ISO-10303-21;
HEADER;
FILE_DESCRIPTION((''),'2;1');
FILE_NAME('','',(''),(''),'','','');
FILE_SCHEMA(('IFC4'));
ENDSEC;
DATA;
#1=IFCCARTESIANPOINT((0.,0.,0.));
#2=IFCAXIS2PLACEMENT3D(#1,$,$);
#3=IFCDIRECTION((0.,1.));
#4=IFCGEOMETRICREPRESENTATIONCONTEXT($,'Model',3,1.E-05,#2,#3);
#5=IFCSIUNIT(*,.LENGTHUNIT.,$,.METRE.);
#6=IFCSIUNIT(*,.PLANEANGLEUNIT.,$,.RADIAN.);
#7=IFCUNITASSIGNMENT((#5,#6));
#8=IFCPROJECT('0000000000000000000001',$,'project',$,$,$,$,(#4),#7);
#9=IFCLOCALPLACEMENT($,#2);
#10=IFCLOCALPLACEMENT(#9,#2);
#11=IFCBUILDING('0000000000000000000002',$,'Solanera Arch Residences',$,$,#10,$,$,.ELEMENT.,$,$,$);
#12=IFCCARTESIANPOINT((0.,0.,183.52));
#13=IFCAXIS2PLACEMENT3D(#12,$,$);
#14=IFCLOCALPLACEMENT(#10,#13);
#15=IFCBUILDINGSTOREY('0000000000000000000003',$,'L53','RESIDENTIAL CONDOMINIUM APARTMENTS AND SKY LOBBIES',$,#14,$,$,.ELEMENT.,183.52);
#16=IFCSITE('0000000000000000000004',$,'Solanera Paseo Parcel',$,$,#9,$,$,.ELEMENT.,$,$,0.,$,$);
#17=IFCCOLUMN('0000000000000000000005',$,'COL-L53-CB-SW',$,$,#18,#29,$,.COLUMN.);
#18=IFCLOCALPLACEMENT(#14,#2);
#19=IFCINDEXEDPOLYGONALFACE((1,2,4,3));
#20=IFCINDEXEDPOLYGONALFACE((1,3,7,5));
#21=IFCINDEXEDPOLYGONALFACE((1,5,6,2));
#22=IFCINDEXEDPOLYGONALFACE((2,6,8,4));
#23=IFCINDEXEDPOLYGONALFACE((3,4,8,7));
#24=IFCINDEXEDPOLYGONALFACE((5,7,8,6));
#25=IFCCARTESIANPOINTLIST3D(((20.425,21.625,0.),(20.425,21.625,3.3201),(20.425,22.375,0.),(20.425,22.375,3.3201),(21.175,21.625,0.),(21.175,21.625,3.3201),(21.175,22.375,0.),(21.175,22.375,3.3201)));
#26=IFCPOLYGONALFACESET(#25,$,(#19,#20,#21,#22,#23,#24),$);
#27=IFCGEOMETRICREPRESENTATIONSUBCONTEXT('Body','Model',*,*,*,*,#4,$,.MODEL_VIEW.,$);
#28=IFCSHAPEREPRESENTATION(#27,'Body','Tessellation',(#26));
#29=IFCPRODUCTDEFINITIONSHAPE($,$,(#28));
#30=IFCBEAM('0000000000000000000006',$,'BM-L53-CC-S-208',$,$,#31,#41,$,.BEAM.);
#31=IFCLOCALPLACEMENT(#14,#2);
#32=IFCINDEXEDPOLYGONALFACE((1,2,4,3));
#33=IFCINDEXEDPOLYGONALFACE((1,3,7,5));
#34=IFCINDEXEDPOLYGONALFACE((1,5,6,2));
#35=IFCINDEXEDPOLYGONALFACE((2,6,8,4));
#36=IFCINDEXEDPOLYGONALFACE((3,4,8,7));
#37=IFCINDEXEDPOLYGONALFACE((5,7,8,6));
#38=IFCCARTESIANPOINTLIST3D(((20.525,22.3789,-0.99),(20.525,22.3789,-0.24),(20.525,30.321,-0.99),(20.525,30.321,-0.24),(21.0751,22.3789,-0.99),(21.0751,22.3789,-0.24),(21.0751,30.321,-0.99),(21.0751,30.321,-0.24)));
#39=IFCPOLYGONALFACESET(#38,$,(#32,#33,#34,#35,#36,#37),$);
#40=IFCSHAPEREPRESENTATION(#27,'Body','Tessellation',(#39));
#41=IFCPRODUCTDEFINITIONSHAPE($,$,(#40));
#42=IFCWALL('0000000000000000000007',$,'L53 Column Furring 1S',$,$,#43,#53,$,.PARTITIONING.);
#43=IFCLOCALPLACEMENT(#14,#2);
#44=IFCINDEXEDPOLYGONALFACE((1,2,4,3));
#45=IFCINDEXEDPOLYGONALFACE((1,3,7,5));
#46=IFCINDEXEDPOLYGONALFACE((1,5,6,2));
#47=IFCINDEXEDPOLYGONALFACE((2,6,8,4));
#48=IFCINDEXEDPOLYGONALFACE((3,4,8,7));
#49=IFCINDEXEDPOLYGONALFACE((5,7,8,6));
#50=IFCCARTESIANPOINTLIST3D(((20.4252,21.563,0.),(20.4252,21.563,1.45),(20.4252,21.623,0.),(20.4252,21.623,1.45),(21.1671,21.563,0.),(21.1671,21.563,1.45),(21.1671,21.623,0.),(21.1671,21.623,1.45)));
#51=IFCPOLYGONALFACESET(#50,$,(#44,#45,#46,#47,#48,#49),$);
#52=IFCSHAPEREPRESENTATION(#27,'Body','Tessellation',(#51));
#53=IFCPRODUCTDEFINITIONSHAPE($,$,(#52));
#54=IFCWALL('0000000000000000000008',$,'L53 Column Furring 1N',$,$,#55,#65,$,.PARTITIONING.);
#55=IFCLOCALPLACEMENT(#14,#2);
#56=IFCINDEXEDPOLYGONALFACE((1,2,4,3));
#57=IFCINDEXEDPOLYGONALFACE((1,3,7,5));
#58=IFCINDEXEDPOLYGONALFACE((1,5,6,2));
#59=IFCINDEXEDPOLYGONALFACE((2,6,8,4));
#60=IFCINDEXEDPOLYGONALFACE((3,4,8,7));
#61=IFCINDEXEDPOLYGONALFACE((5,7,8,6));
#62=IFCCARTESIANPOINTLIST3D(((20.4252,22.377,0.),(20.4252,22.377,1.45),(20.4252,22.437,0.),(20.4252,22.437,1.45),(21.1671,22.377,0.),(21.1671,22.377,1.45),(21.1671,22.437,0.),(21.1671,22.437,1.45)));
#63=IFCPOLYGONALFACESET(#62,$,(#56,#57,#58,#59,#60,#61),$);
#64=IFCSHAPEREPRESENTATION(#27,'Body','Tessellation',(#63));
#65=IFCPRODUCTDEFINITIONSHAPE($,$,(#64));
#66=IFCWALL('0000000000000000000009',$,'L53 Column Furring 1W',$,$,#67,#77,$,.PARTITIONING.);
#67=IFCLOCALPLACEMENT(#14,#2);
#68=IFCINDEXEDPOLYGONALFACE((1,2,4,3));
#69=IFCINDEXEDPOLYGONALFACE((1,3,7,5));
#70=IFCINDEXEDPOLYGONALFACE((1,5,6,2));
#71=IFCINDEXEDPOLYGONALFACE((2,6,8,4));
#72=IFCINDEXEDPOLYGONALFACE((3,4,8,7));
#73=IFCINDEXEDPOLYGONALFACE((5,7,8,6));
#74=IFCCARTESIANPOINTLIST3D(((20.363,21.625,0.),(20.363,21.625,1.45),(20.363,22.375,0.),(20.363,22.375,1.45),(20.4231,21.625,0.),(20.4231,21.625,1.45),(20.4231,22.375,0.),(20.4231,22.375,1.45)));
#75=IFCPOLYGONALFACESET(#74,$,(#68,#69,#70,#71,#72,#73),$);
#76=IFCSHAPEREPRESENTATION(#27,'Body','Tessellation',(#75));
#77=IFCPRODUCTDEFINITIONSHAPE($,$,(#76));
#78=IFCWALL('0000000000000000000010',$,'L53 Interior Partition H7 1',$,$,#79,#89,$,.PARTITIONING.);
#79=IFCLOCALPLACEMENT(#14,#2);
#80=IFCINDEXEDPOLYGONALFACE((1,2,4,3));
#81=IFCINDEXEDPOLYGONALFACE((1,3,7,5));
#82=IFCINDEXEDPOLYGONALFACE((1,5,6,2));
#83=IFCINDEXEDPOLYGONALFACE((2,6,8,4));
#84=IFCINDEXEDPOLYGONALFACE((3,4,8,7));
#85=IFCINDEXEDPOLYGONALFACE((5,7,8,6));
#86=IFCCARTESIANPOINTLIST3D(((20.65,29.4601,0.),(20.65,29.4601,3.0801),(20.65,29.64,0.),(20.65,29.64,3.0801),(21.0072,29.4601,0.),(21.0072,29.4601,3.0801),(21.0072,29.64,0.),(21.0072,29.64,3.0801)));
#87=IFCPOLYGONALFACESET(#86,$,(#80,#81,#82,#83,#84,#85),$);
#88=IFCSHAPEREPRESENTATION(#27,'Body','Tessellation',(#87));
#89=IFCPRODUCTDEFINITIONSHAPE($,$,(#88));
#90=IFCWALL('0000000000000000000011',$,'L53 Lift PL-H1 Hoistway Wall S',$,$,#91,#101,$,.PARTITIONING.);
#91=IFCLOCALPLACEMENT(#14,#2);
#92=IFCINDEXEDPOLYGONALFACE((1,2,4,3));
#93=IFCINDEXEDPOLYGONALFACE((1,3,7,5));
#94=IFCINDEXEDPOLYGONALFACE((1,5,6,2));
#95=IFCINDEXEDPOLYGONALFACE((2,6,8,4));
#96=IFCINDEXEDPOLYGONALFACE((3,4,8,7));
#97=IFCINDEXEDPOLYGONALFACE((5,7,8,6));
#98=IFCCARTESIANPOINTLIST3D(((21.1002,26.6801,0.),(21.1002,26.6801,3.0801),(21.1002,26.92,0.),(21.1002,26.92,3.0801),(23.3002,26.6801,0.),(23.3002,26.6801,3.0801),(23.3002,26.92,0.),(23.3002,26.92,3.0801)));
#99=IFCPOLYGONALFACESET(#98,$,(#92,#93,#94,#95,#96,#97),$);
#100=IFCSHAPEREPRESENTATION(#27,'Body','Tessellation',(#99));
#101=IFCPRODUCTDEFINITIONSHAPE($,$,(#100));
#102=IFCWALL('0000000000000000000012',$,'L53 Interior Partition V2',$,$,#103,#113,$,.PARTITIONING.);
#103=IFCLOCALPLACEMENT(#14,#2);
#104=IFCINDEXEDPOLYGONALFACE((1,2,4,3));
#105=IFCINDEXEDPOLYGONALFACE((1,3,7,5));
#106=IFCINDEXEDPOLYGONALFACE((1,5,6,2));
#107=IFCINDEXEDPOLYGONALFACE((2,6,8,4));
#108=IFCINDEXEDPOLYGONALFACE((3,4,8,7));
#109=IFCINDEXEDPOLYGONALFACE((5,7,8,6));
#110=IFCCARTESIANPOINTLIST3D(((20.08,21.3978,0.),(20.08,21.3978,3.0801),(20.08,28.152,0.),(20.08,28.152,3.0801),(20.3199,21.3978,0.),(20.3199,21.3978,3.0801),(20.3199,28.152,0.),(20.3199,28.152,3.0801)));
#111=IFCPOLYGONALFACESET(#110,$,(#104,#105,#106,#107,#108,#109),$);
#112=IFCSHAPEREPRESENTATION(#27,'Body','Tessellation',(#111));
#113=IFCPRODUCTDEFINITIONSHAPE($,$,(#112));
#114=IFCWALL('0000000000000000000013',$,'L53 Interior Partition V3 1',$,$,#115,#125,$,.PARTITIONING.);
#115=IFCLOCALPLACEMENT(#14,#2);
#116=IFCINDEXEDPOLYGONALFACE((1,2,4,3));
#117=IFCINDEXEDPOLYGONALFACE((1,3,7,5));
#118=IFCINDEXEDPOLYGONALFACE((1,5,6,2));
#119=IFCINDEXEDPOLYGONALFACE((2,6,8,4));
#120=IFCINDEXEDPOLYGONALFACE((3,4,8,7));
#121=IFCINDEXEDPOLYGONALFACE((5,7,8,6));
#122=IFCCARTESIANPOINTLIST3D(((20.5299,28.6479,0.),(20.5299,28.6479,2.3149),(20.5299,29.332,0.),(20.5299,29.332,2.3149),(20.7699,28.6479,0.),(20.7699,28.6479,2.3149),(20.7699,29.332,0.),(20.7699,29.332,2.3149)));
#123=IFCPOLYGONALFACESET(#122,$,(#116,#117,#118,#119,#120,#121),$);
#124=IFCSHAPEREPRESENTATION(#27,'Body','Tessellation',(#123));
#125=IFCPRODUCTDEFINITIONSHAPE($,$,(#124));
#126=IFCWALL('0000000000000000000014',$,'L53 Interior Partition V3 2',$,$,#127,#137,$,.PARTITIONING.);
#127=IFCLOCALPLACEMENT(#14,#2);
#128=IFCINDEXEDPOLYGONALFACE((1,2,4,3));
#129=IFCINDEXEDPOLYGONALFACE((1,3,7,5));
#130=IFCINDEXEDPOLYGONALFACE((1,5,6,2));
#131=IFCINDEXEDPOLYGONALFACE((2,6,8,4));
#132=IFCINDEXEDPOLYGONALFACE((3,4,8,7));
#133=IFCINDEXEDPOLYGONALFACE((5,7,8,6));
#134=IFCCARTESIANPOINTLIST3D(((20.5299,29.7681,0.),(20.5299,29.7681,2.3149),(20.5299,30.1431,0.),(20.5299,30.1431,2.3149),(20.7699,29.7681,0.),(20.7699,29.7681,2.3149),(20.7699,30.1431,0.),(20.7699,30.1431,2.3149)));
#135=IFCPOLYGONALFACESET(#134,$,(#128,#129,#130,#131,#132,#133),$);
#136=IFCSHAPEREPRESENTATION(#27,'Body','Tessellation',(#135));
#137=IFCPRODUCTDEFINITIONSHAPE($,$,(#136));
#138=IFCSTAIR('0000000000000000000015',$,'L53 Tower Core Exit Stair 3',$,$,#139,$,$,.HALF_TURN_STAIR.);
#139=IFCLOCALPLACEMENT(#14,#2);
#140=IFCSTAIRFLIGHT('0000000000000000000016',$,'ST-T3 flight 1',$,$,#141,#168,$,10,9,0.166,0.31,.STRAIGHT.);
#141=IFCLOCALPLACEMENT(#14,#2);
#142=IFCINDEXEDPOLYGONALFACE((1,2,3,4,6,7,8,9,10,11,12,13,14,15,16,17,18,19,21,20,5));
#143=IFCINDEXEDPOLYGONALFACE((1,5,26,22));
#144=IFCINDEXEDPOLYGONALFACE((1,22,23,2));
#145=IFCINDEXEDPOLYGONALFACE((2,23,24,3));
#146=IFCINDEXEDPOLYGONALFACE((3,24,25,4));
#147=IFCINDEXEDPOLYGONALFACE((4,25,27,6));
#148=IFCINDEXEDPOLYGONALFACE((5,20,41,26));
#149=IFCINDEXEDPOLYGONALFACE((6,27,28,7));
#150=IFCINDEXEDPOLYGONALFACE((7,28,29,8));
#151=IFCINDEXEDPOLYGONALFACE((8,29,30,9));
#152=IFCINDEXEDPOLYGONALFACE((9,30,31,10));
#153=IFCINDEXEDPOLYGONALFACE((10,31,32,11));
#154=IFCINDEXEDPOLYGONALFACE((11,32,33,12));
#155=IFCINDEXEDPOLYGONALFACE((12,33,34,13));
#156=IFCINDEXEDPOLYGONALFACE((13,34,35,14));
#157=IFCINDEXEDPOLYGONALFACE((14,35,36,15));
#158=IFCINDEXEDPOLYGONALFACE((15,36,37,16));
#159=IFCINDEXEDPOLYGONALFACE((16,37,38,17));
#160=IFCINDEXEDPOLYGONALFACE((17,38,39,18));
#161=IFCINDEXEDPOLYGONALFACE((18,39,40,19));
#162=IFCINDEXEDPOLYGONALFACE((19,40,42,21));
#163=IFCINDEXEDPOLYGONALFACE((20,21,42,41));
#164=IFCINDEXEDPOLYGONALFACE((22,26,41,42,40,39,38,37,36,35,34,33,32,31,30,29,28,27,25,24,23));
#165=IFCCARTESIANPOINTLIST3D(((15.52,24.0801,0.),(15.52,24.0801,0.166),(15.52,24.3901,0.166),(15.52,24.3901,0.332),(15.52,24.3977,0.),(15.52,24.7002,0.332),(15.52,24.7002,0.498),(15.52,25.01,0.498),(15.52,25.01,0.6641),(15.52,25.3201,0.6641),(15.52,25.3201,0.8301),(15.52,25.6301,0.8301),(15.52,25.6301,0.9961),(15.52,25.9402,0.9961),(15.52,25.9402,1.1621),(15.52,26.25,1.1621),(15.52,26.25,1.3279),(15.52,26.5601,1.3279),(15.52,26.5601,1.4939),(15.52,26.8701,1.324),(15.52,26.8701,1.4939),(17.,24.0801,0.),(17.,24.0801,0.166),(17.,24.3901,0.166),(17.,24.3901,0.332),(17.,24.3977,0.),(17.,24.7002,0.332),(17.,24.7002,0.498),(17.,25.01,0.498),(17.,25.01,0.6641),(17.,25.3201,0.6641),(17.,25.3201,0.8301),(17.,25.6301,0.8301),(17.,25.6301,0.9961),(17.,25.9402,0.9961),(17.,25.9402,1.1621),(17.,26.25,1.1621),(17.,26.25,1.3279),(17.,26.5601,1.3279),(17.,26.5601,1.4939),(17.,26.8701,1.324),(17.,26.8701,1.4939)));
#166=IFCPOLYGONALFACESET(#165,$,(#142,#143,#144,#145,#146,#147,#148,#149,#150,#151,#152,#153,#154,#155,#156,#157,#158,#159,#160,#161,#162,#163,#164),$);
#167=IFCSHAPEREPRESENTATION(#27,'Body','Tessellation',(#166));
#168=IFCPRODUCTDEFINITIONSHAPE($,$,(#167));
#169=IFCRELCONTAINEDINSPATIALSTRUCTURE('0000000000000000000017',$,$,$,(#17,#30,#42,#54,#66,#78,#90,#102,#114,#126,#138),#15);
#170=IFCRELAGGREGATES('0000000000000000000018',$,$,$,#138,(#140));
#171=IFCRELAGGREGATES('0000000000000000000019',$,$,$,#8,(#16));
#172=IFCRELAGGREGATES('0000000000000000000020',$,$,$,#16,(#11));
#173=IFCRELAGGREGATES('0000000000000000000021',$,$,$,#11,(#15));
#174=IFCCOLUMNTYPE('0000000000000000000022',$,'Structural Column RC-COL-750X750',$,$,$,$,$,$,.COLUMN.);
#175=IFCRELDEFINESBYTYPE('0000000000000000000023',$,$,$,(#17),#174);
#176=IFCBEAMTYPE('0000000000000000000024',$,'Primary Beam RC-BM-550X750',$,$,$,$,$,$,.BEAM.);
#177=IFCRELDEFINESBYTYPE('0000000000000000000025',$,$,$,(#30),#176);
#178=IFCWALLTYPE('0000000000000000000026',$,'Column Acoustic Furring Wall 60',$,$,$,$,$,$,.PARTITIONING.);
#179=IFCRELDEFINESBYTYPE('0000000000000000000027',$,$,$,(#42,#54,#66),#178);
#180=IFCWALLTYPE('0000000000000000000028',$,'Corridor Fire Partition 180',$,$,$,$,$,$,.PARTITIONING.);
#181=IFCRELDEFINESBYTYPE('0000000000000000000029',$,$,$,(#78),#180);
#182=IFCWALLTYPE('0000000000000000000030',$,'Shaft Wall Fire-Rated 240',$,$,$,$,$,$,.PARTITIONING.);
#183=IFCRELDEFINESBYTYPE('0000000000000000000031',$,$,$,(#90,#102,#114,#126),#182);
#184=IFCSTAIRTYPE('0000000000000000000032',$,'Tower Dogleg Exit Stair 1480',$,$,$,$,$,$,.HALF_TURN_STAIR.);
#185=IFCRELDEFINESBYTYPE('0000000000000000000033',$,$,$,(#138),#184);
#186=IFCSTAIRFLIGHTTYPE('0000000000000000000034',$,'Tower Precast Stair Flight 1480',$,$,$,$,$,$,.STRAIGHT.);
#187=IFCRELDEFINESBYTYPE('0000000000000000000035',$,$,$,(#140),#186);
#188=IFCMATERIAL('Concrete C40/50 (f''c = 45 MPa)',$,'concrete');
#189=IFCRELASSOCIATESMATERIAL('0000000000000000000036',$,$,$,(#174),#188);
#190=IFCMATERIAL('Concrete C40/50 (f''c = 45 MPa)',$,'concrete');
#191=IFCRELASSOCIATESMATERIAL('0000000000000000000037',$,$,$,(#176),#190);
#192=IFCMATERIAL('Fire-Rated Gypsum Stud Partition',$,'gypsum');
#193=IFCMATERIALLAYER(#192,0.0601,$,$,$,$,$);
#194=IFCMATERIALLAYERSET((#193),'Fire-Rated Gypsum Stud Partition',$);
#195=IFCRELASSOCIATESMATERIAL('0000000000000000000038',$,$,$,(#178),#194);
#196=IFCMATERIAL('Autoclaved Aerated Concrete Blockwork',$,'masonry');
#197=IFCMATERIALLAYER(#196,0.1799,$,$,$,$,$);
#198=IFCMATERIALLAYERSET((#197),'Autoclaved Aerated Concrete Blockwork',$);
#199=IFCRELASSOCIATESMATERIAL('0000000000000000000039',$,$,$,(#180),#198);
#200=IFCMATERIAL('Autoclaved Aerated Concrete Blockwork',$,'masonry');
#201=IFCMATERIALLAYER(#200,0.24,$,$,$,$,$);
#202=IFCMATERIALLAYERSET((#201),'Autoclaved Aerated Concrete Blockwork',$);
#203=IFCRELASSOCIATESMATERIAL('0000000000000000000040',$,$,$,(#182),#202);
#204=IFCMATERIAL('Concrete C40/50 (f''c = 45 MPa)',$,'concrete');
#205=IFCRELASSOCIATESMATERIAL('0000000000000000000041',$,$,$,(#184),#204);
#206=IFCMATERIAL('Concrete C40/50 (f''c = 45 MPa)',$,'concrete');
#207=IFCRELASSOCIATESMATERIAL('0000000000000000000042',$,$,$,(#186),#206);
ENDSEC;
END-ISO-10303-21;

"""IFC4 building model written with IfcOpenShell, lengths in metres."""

from ifc_helpers import new_model, si_unit, direction, frame, frame_2d, origin, origin_2d, place, context, subcontext, project, spatial, polyline, rectangle, outline, extrude, material, layer, layer_set, material_profile, profile_set, type_object, element, aggregate, save


model = new_model("IFC4")

# Units and contexts
model_context = context("Model", 3, precision=1e-05, world=origin(), true_north=direction((0.0, 1.0)))
body_context = subcontext(model_context, "Body", "Model", "MODEL_VIEW")
ifc_project = project(units=[si_unit("LENGTHUNIT", "METRE"), si_unit("PLANEANGLEUNIT", "RADIAN")], contexts=[model_context])

# Site, building, storey
site_placement = place(None, origin())
site = spatial("IfcSite", under=ifc_project, at=site_placement, Name="Solanera Paseo Parcel", CompositionType="ELEMENT", RefElevation=0.0)
building_placement = place(site_placement, origin())
building = spatial("IfcBuilding", under=site, at=building_placement, Name="Solanera Arch Residences", CompositionType="ELEMENT")
storey_placement = place(building_placement, frame((0.0, 0.0, 183.52)))
storey = spatial("IfcBuildingStorey", under=building, at=storey_placement, Name="L53", Description="RESIDENTIAL CONDOMINIUM APARTMENTS AND SKY LOBBIES", CompositionType="ELEMENT", Elevation=183.52)

# Column
ifc_material_1 = material(Name="Concrete C40/50 (f'c = 45 MPa)", Category="concrete")
ifc_material_profile_1 = material_profile(ifc_material_1, rectangle(XDim=0.75, YDim=0.75, at=origin_2d()))
ifc_profile_set_1 = profile_set([ifc_material_profile_1], Name="Concrete C40/50 (f'c = 45 MPa)")
column_type = type_object("IfcColumnType", Name="Structural Column RC-COL-750X750", PredefinedType="COLUMN", material=ifc_profile_set_1)
column_placement = place(storey_placement, frame((20.8, 22.0, 0.0), z_axis=(0.0, 0.0, 1.0), x_axis=(1.0, 0.0, 0.0)))
element("IfcColumn", 1, at=column_placement, inside=storey, type_object=column_type, Name="COL-L53-CB-SW", PredefinedType="COLUMN", context=body_context, shape_type="SweptSolid", body=[
    extrude(rectangle(XDim=0.75, YDim=0.75, at=origin_2d()), origin(), (0.0, 0.0, 1.0), 3.3201),
])

# Beam
ifc_material_2 = material(Name="Concrete C40/50 (f'c = 45 MPa)", Category="concrete")
ifc_material_profile_2 = material_profile(ifc_material_2, rectangle(XDim=0.55, YDim=0.75, at=origin_2d()))
ifc_profile_set_2 = profile_set([ifc_material_profile_2], Name="Concrete C40/50 (f'c = 45 MPa)")
beam_type = type_object("IfcBeamType", Name="Primary Beam RC-BM-550X750", PredefinedType="BEAM", material=ifc_profile_set_2)
beam_placement = place(storey_placement, frame((20.8, 22.3789, -0.615), z_axis=(0.0, 1.0, 0.0), x_axis=(-1.0, 0.0, 0.0)))
element("IfcBeam", 2, at=beam_placement, inside=storey, type_object=beam_type, Name="BM-L53-CC-S-208", PredefinedType="BEAM", context=body_context, shape_type="SweptSolid", body=[
    extrude(rectangle(XDim=0.55, YDim=0.75, at=origin_2d()), origin(), (0.0, 0.0, 1.0), 7.9421),
])

# Walls
ifc_material_3 = material(Name="Fire-Rated Gypsum Stud Partition", Category="gypsum")
ifc_layer_1 = layer(ifc_material_3, 0.0601)
ifc_layer_set_1 = layer_set([ifc_layer_1], Name="Fire-Rated Gypsum Stud Partition")
wall_type_1 = type_object("IfcWallType", Name="Column Acoustic Furring Wall 60", PredefinedType="PARTITIONING", material=ifc_layer_set_1)
for number, where, z_axis, x_axis, name in (
    (3, (20.425, 21.593, 0.0), (0.0, 0.0, 1.0), (1.0, 0.0, 0.0), "L53 Column Furring 1S"),
    (4, (20.425, 22.407, 0.0), (0.0, 0.0, 1.0), (1.0, 0.0, 0.0), "L53 Column Furring 1N"),
):
    element("IfcWall", number, at=place(storey_placement, frame(where, z_axis=z_axis, x_axis=x_axis)), inside=storey, type_object=wall_type_1, Name=name, PredefinedType="PARTITIONING", context=body_context, shape_type="SweptSolid", body=[
        extrude(rectangle(XDim=0.7419, YDim=0.0601, at=frame_2d((0.3711, 0.0))), origin(), (0.0, 0.0, 1.0), 1.45),
    ])
wall_1_placement = place(storey_placement, frame((20.3931, 21.625, 0.0), z_axis=(0.0, 0.0, 1.0), x_axis=(0.0, 1.0, 0.0)))
element("IfcWall", 5, at=wall_1_placement, inside=storey, type_object=wall_type_1, Name="L53 Column Furring 1W", PredefinedType="PARTITIONING", context=body_context, shape_type="SweptSolid", body=[
    extrude(rectangle(XDim=0.75, YDim=0.0601, at=frame_2d((0.375, 0.0))), origin(), (0.0, 0.0, 1.0), 1.45),
])

# Walls
ifc_material_4 = material(Name="Autoclaved Aerated Concrete Blockwork", Category="masonry")
ifc_layer_2 = layer(ifc_material_4, 0.1799)
ifc_layer_set_2 = layer_set([ifc_layer_2], Name="Autoclaved Aerated Concrete Blockwork")
wall_type_2 = type_object("IfcWallType", Name="Corridor Fire Partition 180", PredefinedType="PARTITIONING", material=ifc_layer_set_2)
wall_2_placement = place(storey_placement, frame((20.6499, 29.55, 0.0), z_axis=(0.0, 0.0, 1.0), x_axis=(1.0, 0.0, 0.0)))
element("IfcWall", 6, at=wall_2_placement, inside=storey, type_object=wall_type_2, Name="L53 Interior Partition H7 1", PredefinedType="PARTITIONING", context=body_context, shape_type="SweptSolid", body=[
    extrude(rectangle(XDim=0.3572, YDim=0.1799, at=frame_2d((0.1787, 0.0))), origin(), (0.0, 0.0, 1.0), 3.0801),
])
ifc_material_5 = material(Name="Autoclaved Aerated Concrete Blockwork", Category="masonry")
ifc_layer_3 = layer(ifc_material_5, 0.24)
ifc_layer_set_3 = layer_set([ifc_layer_3], Name="Autoclaved Aerated Concrete Blockwork")
wall_type_3 = type_object("IfcWallType", Name="Shaft Wall Fire-Rated 240", PredefinedType="PARTITIONING", material=ifc_layer_set_3)
wall_3_placement = place(storey_placement, frame((21.1001, 26.8, 0.0), z_axis=(0.0, 0.0, 1.0), x_axis=(1.0, 0.0, 0.0)))
element("IfcWall", 7, at=wall_3_placement, inside=storey, type_object=wall_type_3, Name="L53 Lift PL-H1 Hoistway Wall S", PredefinedType="PARTITIONING", context=body_context, shape_type="SweptSolid", body=[
    extrude(rectangle(XDim=2.2, YDim=0.24, at=frame_2d((1.1001, 0.0))), origin(), (0.0, 0.0, 1.0), 3.0801),
])

# Walls
wall_4_placement = place(storey_placement, frame((20.2, 21.3979, 0.0), z_axis=(0.0, 0.0, 1.0), x_axis=(0.0, 1.0, 0.0)))
element("IfcWall", 8, at=wall_4_placement, inside=storey, type_object=wall_type_3, Name="L53 Interior Partition V2", PredefinedType="PARTITIONING", context=body_context, shape_type="SweptSolid", body=[
    extrude(rectangle(XDim=6.7542, YDim=0.24, at=frame_2d((3.377, 0.0))), origin(), (0.0, 0.0, 1.0), 3.0801),
])
wall_5_placement = place(storey_placement, frame((20.6499, 28.6479, 0.0), z_axis=(0.0, 0.0, 1.0), x_axis=(0.0, 1.0, 0.0)))
element("IfcWall", 9, at=wall_5_placement, inside=storey, type_object=wall_type_3, Name="L53 Interior Partition V3 1", PredefinedType="PARTITIONING", context=body_context, shape_type="SweptSolid", body=[
    extrude(rectangle(XDim=0.6841, YDim=0.24, at=frame_2d((0.342, 0.0))), origin(), (0.0, 0.0, 1.0), 2.3149),
])
wall_6_placement = place(storey_placement, frame((20.6499, 29.7681, 0.0), z_axis=(0.0, 0.0, 1.0), x_axis=(0.0, 1.0, 0.0)))
element("IfcWall", 10, at=wall_6_placement, inside=storey, type_object=wall_type_3, Name="L53 Interior Partition V3 2", PredefinedType="PARTITIONING", context=body_context, shape_type="SweptSolid", body=[
    extrude(rectangle(XDim=0.375, YDim=0.24, at=frame_2d((0.1875, 0.0))), origin(), (0.0, 0.0, 1.0), 2.3149),
])

# Stair, stair flight
ifc_material_6 = material(Name="Concrete C40/50 (f'c = 45 MPa)", Category="concrete")
stair_type = type_object("IfcStairType", Name="Tower Dogleg Exit Stair 1480", PredefinedType="HALF_TURN_STAIR", material=ifc_material_6)
stair_placement = place(storey_placement, origin())
stair = element("IfcStair", 11, at=stair_placement, inside=storey, type_object=stair_type, Name="L53 Tower Core Exit Stair 3", PredefinedType="HALF_TURN_STAIR")
ifc_material_7 = material(Name="Concrete C40/50 (f'c = 45 MPa)", Category="concrete")
stair_flight_type = type_object("IfcStairFlightType", Name="Tower Precast Stair Flight 1480", PredefinedType="STRAIGHT", material=ifc_material_7)
stair_flight_placement = place(storey_placement, frame((16.26, 24.0801, 0.0), z_axis=(0.0, 0.0, 1.0), x_axis=(0.0, 1.0, 0.0)))
stair_flight = element("IfcStairFlight", 12, at=stair_flight_placement, type_object=stair_flight_type, Name="ST-T3 flight 1", NumberOfRisers=10, NumberOfTreads=9, PredefinedType="STRAIGHT", RiserHeight=0.166, TreadLength=0.31, context=body_context, shape_type="SweptSolid", body=[
    extrude(outline(polyline([(0.0, 0.0), (0.0, 0.166), (0.3101, 0.166), (0.3101, 0.332), (0.6201, 0.332), (0.6201, 0.498), (0.9299, 0.498), (0.9299, 0.6641), (1.24, 0.6641), (1.24, 0.8301), (1.55, 0.8301), (1.55, 0.9961), (1.8601, 0.9961), (1.8601, 1.1621), (2.1699, 1.1621), (2.1699, 1.3279), (2.48, 1.3279), (2.48, 1.4939), (2.79, 1.4939), (2.79, 1.6599), (2.79, 1.324), (0.3176, 0.0), (0.0, 0.0)])), frame((0.0, 0.74, 0.0), z_axis=(0.0, -1.0, 0.0), x_axis=(1.0, 0.0, 0.0)), (0.0, 0.0, 1.0), 1.48),
])
aggregate(stair, [stair_flight])

save(model, "model.ifc")
